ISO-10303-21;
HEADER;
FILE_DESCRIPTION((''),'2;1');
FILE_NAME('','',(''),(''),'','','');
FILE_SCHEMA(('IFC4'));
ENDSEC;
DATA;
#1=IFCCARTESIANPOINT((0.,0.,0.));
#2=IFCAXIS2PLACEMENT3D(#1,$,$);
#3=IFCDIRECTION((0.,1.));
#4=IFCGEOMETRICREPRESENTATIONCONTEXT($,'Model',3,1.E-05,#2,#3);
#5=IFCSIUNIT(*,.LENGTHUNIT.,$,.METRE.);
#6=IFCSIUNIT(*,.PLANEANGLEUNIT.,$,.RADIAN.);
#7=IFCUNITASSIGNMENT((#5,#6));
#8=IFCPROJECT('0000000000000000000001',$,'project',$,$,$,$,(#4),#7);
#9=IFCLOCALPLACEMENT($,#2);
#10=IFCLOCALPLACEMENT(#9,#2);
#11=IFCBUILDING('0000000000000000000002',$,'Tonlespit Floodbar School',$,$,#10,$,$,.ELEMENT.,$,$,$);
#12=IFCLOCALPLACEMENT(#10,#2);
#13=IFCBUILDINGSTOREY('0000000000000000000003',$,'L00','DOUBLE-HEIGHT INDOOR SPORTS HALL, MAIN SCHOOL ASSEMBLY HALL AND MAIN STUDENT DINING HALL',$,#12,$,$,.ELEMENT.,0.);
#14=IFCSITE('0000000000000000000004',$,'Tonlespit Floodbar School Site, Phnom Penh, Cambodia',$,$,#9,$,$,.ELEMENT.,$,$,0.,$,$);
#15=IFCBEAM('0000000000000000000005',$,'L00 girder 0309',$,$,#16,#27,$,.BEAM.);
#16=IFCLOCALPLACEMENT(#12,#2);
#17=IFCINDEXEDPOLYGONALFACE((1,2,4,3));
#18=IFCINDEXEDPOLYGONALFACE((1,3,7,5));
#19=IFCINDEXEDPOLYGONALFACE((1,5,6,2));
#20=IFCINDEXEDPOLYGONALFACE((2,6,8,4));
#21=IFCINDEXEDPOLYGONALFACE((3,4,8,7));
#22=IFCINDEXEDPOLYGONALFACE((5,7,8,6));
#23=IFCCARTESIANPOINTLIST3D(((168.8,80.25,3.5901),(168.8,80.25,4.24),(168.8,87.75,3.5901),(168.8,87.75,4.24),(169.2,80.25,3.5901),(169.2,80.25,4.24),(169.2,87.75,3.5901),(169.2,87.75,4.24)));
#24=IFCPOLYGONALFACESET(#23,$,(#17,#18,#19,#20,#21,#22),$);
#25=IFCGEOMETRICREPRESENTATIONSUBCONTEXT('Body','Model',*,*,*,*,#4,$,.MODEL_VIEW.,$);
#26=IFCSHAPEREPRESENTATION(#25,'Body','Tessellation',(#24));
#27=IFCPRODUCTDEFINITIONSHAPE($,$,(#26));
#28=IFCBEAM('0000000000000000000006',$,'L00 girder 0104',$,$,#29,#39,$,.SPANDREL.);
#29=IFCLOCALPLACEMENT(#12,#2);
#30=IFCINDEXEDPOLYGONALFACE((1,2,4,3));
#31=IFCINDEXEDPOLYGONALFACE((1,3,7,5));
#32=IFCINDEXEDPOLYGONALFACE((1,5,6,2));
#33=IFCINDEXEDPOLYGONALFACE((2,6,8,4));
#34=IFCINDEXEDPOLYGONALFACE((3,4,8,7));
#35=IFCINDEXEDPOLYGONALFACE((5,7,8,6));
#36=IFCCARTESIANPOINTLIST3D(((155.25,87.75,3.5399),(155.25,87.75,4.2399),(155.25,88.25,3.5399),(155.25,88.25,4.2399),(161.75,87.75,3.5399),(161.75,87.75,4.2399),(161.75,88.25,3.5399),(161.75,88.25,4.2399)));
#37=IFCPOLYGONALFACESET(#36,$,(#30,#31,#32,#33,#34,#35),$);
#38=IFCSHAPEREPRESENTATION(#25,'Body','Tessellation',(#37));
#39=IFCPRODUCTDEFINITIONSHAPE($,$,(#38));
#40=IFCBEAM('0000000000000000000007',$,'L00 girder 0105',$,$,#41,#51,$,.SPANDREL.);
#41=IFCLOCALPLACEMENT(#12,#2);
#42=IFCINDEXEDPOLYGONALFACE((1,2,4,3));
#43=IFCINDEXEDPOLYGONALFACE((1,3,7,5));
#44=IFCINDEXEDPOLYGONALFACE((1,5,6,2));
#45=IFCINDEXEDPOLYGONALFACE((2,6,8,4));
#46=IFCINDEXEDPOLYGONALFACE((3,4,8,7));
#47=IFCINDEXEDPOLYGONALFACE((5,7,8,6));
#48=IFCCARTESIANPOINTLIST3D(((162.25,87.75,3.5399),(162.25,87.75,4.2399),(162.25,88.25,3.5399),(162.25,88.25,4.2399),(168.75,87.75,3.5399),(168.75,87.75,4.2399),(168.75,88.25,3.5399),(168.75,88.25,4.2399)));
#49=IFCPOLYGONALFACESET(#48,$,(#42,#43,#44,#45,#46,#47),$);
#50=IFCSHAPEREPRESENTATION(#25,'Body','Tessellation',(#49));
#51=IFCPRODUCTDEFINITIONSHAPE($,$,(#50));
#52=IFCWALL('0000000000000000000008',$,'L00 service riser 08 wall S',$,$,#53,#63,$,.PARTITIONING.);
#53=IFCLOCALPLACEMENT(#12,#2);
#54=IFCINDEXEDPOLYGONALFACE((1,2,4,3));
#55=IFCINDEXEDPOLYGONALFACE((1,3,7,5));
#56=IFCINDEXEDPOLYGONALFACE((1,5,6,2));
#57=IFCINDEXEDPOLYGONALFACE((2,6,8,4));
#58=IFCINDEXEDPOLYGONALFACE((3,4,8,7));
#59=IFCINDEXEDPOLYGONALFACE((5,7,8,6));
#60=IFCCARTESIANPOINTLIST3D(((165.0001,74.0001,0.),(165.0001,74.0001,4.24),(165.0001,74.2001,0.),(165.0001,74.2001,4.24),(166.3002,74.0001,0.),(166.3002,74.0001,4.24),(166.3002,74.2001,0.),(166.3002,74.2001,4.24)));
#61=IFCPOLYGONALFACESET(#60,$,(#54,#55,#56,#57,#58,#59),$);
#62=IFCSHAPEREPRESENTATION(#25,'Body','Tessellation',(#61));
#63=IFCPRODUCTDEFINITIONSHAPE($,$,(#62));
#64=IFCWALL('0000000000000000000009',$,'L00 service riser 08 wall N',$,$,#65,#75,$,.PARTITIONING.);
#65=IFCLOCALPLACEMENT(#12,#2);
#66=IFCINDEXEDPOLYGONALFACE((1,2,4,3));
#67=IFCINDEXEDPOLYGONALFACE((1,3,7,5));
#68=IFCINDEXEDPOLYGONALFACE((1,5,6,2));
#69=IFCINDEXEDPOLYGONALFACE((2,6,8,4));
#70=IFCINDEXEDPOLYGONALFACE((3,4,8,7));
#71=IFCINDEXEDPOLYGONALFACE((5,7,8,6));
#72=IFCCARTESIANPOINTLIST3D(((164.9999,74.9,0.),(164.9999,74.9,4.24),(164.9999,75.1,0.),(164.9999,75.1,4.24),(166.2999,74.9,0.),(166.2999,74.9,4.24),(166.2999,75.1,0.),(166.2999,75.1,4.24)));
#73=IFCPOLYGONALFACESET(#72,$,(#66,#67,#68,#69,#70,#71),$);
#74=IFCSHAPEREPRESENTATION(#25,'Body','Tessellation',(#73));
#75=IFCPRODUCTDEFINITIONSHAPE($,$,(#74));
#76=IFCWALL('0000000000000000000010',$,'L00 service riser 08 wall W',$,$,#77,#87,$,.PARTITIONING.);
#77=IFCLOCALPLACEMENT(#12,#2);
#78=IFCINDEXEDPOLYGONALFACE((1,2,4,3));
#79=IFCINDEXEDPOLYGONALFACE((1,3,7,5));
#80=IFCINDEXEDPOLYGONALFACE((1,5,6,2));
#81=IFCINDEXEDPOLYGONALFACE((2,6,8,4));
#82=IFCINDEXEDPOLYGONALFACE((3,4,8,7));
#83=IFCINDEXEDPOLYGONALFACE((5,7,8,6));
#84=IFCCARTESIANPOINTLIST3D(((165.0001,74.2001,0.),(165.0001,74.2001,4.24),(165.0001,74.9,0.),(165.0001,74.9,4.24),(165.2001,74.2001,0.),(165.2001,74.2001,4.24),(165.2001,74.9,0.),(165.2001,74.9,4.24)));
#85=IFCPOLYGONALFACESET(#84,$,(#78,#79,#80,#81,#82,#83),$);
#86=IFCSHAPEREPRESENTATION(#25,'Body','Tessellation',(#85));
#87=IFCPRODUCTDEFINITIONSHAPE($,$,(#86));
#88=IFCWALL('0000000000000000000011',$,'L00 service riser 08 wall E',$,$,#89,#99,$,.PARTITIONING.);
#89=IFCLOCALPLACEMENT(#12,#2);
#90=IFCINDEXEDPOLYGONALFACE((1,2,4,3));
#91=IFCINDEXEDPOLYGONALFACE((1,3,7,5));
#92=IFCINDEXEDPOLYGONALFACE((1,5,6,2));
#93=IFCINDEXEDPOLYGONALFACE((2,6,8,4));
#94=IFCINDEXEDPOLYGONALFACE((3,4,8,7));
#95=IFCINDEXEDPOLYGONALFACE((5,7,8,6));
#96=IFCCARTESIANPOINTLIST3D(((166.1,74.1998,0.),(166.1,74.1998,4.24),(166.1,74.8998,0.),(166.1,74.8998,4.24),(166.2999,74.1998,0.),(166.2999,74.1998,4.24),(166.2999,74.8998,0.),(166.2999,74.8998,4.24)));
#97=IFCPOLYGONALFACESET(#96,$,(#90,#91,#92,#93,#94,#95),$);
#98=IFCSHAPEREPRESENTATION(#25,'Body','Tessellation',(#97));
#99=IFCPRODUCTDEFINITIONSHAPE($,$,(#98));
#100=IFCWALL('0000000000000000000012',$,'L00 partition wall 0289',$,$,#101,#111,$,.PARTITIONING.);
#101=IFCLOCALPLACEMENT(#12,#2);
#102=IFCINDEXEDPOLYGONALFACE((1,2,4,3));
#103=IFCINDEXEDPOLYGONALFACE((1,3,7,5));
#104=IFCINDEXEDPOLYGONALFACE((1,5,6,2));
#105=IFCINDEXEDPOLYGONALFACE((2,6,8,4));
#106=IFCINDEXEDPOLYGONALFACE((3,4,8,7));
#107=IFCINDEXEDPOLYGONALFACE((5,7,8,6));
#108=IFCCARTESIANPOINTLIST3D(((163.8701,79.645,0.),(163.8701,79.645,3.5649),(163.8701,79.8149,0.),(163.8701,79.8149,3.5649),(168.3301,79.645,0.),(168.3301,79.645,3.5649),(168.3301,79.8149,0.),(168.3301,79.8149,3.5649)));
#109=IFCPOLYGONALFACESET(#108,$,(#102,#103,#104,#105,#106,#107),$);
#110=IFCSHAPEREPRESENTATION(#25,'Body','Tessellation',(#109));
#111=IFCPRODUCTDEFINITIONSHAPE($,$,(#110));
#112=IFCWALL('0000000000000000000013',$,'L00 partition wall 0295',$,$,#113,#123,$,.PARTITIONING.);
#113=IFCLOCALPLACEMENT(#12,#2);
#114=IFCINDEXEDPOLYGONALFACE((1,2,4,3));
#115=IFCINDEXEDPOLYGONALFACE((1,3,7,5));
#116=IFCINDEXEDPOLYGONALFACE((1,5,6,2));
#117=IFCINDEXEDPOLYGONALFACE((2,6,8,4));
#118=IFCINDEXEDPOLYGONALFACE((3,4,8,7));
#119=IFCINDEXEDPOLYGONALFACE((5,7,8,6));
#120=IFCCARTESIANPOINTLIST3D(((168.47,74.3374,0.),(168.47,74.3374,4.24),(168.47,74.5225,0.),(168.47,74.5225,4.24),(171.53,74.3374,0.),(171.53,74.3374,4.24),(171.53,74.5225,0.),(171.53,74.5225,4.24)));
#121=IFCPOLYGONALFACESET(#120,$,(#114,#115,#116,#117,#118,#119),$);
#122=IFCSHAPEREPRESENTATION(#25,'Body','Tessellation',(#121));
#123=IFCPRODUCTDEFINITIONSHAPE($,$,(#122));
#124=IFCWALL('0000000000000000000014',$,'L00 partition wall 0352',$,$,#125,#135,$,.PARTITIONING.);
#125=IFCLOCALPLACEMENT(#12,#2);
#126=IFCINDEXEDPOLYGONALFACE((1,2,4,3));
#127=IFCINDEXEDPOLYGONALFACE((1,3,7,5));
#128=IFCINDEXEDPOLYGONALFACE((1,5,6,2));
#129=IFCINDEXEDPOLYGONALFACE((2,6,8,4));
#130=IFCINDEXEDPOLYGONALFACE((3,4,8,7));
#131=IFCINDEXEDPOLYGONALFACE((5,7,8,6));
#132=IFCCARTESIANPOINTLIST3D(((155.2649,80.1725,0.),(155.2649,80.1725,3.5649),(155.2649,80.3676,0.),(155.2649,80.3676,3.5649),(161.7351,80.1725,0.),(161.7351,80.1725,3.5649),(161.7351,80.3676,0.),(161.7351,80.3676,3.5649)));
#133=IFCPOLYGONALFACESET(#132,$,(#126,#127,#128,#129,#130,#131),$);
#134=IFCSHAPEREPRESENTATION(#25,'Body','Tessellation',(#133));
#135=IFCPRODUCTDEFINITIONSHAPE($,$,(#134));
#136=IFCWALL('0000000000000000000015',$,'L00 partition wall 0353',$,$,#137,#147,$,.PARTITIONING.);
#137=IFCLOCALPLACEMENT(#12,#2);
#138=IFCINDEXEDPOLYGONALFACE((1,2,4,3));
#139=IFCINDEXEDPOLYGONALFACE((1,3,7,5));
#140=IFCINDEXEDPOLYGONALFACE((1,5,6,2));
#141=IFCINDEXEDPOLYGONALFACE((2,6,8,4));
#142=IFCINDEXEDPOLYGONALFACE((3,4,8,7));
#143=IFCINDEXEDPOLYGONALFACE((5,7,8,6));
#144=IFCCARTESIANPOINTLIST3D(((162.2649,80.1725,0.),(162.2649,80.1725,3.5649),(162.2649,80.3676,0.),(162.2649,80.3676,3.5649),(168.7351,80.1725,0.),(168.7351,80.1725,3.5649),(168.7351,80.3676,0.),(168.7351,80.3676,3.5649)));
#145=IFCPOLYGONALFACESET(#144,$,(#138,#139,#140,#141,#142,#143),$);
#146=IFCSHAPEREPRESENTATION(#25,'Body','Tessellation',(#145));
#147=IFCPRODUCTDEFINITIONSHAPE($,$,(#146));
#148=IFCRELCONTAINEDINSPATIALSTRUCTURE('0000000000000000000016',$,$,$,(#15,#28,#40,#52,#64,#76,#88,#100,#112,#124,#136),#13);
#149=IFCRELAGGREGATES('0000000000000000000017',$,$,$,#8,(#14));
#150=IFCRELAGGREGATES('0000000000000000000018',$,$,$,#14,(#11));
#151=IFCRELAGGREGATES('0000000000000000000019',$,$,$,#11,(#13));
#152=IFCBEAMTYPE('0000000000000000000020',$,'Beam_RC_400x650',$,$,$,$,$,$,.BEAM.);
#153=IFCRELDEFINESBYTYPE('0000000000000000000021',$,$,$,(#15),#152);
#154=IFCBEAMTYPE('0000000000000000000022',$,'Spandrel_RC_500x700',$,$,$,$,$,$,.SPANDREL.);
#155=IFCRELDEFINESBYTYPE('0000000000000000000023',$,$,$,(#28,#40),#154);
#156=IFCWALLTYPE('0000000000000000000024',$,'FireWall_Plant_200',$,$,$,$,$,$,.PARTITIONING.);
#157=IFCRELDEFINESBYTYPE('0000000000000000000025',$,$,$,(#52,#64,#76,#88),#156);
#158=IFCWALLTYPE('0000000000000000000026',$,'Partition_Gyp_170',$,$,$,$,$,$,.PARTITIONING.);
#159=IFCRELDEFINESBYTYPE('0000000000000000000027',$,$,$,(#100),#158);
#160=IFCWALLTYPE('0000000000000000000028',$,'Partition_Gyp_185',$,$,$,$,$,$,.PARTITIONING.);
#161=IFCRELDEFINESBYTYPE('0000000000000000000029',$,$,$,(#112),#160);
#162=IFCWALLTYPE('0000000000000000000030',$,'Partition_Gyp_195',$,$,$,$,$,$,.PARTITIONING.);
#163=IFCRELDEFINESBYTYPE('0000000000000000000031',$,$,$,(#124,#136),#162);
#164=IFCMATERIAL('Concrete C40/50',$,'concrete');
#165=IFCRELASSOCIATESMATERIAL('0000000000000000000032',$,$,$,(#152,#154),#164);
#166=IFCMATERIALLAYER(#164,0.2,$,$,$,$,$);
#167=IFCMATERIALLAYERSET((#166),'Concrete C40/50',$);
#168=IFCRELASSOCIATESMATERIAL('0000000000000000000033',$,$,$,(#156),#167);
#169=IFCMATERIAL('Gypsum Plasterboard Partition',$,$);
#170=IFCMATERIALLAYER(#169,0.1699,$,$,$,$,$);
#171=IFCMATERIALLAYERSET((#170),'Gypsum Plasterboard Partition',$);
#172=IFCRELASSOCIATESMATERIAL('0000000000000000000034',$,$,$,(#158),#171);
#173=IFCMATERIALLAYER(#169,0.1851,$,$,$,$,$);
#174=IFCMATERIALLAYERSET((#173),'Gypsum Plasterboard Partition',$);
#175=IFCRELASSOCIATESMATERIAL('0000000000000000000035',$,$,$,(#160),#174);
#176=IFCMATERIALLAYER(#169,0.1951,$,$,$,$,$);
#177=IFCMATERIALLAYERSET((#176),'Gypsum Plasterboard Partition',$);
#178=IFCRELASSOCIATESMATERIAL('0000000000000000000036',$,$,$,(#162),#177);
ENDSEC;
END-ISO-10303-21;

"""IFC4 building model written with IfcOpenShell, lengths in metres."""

from ifc_helpers import new_model, si_unit, direction, frame, frame_2d, origin, origin_2d, place, context, subcontext, project, spatial, rectangle, extrude, material, layer, layer_set, material_profile, profile_set, type_object, element, save


model = new_model("IFC4")

# Units and contexts
model_context = context("Model", 3, precision=1e-05, world=origin(), true_north=direction((0.0, 1.0)))
body_context = subcontext(model_context, "Body", "Model", "MODEL_VIEW")
ifc_project = project(units=[si_unit("LENGTHUNIT", "METRE"), si_unit("PLANEANGLEUNIT", "RADIAN")], contexts=[model_context])

# Site, building, storey
site_placement = place(None, origin())
site = spatial("IfcSite", under=ifc_project, at=site_placement, Name="Tonlespit Floodbar School Site, Phnom Penh, Cambodia", CompositionType="ELEMENT", RefElevation=0.0)
building_placement = place(site_placement, origin())
building = spatial("IfcBuilding", under=site, at=building_placement, Name="Tonlespit Floodbar School", CompositionType="ELEMENT")
storey_placement = place(building_placement, origin())
storey = spatial("IfcBuildingStorey", under=building, at=storey_placement, Name="L00", Description="DOUBLE-HEIGHT INDOOR SPORTS HALL, MAIN SCHOOL ASSEMBLY HALL AND MAIN STUDENT DINING HALL", CompositionType="ELEMENT", Elevation=0.0)

# Shared definitions
ifc_material_1 = material(Name="Concrete C40/50", Category="concrete")

# Beams
ifc_material_profile_1 = material_profile(ifc_material_1, rectangle(XDim=0.3999, YDim=0.6499, at=origin_2d()), Name="RC 400x650")
ifc_profile_set_1 = profile_set([ifc_material_profile_1], Name="Concrete C40/50")
beam_type_1 = type_object("IfcBeamType", Name="Beam_RC_400x650", PredefinedType="BEAM", material=ifc_profile_set_1)
for number, where, z_axis, x_axis, name in (
    (1, (169.0, 80.25, 3.915), (0.0, 1.0, 0.0), (-1.0, 0.0, 0.0), "L00 girder 0309"),
):
    element("IfcBeam", number, at=place(storey_placement, frame(where, z_axis=z_axis, x_axis=x_axis)), inside=storey, type_object=beam_type_1, Name=name, PredefinedType="BEAM", context=body_context, shape_type="SweptSolid", body=[
        extrude(rectangle(XDim=0.3999, YDim=0.6499, at=origin_2d()), origin(), (0.0, 0.0, 1.0), 7.5),
    ])
ifc_material_profile_2 = material_profile(ifc_material_1, rectangle(XDim=0.5, YDim=0.7, at=origin_2d()), Name="RC 500x700")
ifc_profile_set_2 = profile_set([ifc_material_profile_2], Name="Concrete C40/50")
beam_type_2 = type_object("IfcBeamType", Name="Spandrel_RC_500x700", PredefinedType="SPANDREL", material=ifc_profile_set_2)
for number, where, z_axis, x_axis, name in (
    (2, (155.25, 88.0, 3.8899), (1.0, 0.0, 0.0), (0.0, 1.0, 0.0), "L00 girder 0104"),
    (3, (162.25, 88.0, 3.8899), (1.0, 0.0, 0.0), (0.0, 1.0, 0.0), "L00 girder 0105"),
):
    element("IfcBeam", number, at=place(storey_placement, frame(where, z_axis=z_axis, x_axis=x_axis)), inside=storey, type_object=beam_type_2, Name=name, PredefinedType="SPANDREL", context=body_context, shape_type="SweptSolid", body=[
        extrude(rectangle(XDim=0.5, YDim=0.7, at=origin_2d()), origin(), (0.0, 0.0, 1.0), 6.5),
    ])

# Walls
ifc_layer_1 = layer(ifc_material_1, 0.2)
ifc_layer_set_1 = layer_set([ifc_layer_1], Name="Concrete C40/50")
wall_type_1 = type_object("IfcWallType", Name="FireWall_Plant_200", PredefinedType="PARTITIONING", material=ifc_layer_set_1)
for number, where, z_axis, x_axis, name in (
    (4, (166.3, 74.1001, 0.0), (0.0, 0.0, 1.0), (-1.0, 0.0, 0.0), "L00 service riser 08 wall S"),
    (5, (165.0, 75.0, 0.0), (0.0, 0.0, 1.0), (1.0, 0.0, 0.0), "L00 service riser 08 wall N"),
):
    element("IfcWall", number, at=place(storey_placement, frame(where, z_axis=z_axis, x_axis=x_axis)), inside=storey, type_object=wall_type_1, Name=name, PredefinedType="PARTITIONING", context=body_context, shape_type="SweptSolid", body=[
        extrude(rectangle(XDim=1.3, YDim=0.2, at=frame_2d((0.6499, 0.0))), origin(), (0.0, 0.0, 1.0), 4.24),
    ])
for number, where, z_axis, x_axis, name in (
    (6, (165.1001, 74.2, 0.0), (0.0, 0.0, 1.0), (0.0, 1.0, 0.0), "L00 service riser 08 wall W"),
    (7, (166.2, 74.8999, 0.0), (0.0, 0.0, 1.0), (0.0, -1.0, 0.0), "L00 service riser 08 wall E"),
):
    element("IfcWall", number, at=place(storey_placement, frame(where, z_axis=z_axis, x_axis=x_axis)), inside=storey, type_object=wall_type_1, Name=name, PredefinedType="PARTITIONING", context=body_context, shape_type="SweptSolid", body=[
        extrude(rectangle(XDim=0.7, YDim=0.2, at=frame_2d((0.3501, 0.0))), origin(), (0.0, 0.0, 1.0), 4.24),
    ])
ifc_material_2 = material(Name="Gypsum Plasterboard Partition")
ifc_layer_2 = layer(ifc_material_2, 0.1699)
ifc_layer_set_2 = layer_set([ifc_layer_2], Name="Gypsum Plasterboard Partition")
wall_type_2 = type_object("IfcWallType", Name="Partition_Gyp_170", PredefinedType="PARTITIONING", material=ifc_layer_set_2)
wall_1_placement = place(storey_placement, frame((163.8701, 79.73, 0.0), z_axis=(0.0, 0.0, 1.0), x_axis=(1.0, 0.0, 0.0)))
element("IfcWall", 8, at=wall_1_placement, inside=storey, type_object=wall_type_2, Name="L00 partition wall 0289", PredefinedType="PARTITIONING", context=body_context, shape_type="SweptSolid", body=[
    extrude(rectangle(XDim=4.46, YDim=0.1699, at=frame_2d((2.23, 0.0))), origin(), (0.0, 0.0, 1.0), 3.5649),
])
ifc_layer_3 = layer(ifc_material_2, 0.1851)
ifc_layer_set_3 = layer_set([ifc_layer_3], Name="Gypsum Plasterboard Partition")
wall_type_3 = type_object("IfcWallType", Name="Partition_Gyp_185", PredefinedType="PARTITIONING", material=ifc_layer_set_3)
wall_2_placement = place(storey_placement, frame((168.47, 74.4299, 0.0), z_axis=(0.0, 0.0, 1.0), x_axis=(1.0, 0.0, 0.0)))
element("IfcWall", 9, at=wall_2_placement, inside=storey, type_object=wall_type_3, Name="L00 partition wall 0295", PredefinedType="PARTITIONING", context=body_context, shape_type="SweptSolid", body=[
    extrude(rectangle(XDim=3.0601, YDim=0.1851, at=frame_2d((1.53, 0.0))), origin(), (0.0, 0.0, 1.0), 4.24),
])
ifc_layer_4 = layer(ifc_material_2, 0.1951)
ifc_layer_set_4 = layer_set([ifc_layer_4], Name="Gypsum Plasterboard Partition")
wall_type_4 = type_object("IfcWallType", Name="Partition_Gyp_195", PredefinedType="PARTITIONING", material=ifc_layer_set_4)
for number, where, z_axis, x_axis, name in (
    (10, (155.2649, 80.27, 0.0), (0.0, 0.0, 1.0), (1.0, 0.0, 0.0), "L00 partition wall 0352"),
    (11, (162.2649, 80.27, 0.0), (0.0, 0.0, 1.0), (1.0, 0.0, 0.0), "L00 partition wall 0353"),
):
    element("IfcWall", number, at=place(storey_placement, frame(where, z_axis=z_axis, x_axis=x_axis)), inside=storey, type_object=wall_type_4, Name=name, PredefinedType="PARTITIONING", context=body_context, shape_type="SweptSolid", body=[
        extrude(rectangle(XDim=6.4702, YDim=0.1951, at=frame_2d((3.2351, 0.0))), origin(), (0.0, 0.0, 1.0), 3.5649),
    ])

save(model, "model.ifc")
